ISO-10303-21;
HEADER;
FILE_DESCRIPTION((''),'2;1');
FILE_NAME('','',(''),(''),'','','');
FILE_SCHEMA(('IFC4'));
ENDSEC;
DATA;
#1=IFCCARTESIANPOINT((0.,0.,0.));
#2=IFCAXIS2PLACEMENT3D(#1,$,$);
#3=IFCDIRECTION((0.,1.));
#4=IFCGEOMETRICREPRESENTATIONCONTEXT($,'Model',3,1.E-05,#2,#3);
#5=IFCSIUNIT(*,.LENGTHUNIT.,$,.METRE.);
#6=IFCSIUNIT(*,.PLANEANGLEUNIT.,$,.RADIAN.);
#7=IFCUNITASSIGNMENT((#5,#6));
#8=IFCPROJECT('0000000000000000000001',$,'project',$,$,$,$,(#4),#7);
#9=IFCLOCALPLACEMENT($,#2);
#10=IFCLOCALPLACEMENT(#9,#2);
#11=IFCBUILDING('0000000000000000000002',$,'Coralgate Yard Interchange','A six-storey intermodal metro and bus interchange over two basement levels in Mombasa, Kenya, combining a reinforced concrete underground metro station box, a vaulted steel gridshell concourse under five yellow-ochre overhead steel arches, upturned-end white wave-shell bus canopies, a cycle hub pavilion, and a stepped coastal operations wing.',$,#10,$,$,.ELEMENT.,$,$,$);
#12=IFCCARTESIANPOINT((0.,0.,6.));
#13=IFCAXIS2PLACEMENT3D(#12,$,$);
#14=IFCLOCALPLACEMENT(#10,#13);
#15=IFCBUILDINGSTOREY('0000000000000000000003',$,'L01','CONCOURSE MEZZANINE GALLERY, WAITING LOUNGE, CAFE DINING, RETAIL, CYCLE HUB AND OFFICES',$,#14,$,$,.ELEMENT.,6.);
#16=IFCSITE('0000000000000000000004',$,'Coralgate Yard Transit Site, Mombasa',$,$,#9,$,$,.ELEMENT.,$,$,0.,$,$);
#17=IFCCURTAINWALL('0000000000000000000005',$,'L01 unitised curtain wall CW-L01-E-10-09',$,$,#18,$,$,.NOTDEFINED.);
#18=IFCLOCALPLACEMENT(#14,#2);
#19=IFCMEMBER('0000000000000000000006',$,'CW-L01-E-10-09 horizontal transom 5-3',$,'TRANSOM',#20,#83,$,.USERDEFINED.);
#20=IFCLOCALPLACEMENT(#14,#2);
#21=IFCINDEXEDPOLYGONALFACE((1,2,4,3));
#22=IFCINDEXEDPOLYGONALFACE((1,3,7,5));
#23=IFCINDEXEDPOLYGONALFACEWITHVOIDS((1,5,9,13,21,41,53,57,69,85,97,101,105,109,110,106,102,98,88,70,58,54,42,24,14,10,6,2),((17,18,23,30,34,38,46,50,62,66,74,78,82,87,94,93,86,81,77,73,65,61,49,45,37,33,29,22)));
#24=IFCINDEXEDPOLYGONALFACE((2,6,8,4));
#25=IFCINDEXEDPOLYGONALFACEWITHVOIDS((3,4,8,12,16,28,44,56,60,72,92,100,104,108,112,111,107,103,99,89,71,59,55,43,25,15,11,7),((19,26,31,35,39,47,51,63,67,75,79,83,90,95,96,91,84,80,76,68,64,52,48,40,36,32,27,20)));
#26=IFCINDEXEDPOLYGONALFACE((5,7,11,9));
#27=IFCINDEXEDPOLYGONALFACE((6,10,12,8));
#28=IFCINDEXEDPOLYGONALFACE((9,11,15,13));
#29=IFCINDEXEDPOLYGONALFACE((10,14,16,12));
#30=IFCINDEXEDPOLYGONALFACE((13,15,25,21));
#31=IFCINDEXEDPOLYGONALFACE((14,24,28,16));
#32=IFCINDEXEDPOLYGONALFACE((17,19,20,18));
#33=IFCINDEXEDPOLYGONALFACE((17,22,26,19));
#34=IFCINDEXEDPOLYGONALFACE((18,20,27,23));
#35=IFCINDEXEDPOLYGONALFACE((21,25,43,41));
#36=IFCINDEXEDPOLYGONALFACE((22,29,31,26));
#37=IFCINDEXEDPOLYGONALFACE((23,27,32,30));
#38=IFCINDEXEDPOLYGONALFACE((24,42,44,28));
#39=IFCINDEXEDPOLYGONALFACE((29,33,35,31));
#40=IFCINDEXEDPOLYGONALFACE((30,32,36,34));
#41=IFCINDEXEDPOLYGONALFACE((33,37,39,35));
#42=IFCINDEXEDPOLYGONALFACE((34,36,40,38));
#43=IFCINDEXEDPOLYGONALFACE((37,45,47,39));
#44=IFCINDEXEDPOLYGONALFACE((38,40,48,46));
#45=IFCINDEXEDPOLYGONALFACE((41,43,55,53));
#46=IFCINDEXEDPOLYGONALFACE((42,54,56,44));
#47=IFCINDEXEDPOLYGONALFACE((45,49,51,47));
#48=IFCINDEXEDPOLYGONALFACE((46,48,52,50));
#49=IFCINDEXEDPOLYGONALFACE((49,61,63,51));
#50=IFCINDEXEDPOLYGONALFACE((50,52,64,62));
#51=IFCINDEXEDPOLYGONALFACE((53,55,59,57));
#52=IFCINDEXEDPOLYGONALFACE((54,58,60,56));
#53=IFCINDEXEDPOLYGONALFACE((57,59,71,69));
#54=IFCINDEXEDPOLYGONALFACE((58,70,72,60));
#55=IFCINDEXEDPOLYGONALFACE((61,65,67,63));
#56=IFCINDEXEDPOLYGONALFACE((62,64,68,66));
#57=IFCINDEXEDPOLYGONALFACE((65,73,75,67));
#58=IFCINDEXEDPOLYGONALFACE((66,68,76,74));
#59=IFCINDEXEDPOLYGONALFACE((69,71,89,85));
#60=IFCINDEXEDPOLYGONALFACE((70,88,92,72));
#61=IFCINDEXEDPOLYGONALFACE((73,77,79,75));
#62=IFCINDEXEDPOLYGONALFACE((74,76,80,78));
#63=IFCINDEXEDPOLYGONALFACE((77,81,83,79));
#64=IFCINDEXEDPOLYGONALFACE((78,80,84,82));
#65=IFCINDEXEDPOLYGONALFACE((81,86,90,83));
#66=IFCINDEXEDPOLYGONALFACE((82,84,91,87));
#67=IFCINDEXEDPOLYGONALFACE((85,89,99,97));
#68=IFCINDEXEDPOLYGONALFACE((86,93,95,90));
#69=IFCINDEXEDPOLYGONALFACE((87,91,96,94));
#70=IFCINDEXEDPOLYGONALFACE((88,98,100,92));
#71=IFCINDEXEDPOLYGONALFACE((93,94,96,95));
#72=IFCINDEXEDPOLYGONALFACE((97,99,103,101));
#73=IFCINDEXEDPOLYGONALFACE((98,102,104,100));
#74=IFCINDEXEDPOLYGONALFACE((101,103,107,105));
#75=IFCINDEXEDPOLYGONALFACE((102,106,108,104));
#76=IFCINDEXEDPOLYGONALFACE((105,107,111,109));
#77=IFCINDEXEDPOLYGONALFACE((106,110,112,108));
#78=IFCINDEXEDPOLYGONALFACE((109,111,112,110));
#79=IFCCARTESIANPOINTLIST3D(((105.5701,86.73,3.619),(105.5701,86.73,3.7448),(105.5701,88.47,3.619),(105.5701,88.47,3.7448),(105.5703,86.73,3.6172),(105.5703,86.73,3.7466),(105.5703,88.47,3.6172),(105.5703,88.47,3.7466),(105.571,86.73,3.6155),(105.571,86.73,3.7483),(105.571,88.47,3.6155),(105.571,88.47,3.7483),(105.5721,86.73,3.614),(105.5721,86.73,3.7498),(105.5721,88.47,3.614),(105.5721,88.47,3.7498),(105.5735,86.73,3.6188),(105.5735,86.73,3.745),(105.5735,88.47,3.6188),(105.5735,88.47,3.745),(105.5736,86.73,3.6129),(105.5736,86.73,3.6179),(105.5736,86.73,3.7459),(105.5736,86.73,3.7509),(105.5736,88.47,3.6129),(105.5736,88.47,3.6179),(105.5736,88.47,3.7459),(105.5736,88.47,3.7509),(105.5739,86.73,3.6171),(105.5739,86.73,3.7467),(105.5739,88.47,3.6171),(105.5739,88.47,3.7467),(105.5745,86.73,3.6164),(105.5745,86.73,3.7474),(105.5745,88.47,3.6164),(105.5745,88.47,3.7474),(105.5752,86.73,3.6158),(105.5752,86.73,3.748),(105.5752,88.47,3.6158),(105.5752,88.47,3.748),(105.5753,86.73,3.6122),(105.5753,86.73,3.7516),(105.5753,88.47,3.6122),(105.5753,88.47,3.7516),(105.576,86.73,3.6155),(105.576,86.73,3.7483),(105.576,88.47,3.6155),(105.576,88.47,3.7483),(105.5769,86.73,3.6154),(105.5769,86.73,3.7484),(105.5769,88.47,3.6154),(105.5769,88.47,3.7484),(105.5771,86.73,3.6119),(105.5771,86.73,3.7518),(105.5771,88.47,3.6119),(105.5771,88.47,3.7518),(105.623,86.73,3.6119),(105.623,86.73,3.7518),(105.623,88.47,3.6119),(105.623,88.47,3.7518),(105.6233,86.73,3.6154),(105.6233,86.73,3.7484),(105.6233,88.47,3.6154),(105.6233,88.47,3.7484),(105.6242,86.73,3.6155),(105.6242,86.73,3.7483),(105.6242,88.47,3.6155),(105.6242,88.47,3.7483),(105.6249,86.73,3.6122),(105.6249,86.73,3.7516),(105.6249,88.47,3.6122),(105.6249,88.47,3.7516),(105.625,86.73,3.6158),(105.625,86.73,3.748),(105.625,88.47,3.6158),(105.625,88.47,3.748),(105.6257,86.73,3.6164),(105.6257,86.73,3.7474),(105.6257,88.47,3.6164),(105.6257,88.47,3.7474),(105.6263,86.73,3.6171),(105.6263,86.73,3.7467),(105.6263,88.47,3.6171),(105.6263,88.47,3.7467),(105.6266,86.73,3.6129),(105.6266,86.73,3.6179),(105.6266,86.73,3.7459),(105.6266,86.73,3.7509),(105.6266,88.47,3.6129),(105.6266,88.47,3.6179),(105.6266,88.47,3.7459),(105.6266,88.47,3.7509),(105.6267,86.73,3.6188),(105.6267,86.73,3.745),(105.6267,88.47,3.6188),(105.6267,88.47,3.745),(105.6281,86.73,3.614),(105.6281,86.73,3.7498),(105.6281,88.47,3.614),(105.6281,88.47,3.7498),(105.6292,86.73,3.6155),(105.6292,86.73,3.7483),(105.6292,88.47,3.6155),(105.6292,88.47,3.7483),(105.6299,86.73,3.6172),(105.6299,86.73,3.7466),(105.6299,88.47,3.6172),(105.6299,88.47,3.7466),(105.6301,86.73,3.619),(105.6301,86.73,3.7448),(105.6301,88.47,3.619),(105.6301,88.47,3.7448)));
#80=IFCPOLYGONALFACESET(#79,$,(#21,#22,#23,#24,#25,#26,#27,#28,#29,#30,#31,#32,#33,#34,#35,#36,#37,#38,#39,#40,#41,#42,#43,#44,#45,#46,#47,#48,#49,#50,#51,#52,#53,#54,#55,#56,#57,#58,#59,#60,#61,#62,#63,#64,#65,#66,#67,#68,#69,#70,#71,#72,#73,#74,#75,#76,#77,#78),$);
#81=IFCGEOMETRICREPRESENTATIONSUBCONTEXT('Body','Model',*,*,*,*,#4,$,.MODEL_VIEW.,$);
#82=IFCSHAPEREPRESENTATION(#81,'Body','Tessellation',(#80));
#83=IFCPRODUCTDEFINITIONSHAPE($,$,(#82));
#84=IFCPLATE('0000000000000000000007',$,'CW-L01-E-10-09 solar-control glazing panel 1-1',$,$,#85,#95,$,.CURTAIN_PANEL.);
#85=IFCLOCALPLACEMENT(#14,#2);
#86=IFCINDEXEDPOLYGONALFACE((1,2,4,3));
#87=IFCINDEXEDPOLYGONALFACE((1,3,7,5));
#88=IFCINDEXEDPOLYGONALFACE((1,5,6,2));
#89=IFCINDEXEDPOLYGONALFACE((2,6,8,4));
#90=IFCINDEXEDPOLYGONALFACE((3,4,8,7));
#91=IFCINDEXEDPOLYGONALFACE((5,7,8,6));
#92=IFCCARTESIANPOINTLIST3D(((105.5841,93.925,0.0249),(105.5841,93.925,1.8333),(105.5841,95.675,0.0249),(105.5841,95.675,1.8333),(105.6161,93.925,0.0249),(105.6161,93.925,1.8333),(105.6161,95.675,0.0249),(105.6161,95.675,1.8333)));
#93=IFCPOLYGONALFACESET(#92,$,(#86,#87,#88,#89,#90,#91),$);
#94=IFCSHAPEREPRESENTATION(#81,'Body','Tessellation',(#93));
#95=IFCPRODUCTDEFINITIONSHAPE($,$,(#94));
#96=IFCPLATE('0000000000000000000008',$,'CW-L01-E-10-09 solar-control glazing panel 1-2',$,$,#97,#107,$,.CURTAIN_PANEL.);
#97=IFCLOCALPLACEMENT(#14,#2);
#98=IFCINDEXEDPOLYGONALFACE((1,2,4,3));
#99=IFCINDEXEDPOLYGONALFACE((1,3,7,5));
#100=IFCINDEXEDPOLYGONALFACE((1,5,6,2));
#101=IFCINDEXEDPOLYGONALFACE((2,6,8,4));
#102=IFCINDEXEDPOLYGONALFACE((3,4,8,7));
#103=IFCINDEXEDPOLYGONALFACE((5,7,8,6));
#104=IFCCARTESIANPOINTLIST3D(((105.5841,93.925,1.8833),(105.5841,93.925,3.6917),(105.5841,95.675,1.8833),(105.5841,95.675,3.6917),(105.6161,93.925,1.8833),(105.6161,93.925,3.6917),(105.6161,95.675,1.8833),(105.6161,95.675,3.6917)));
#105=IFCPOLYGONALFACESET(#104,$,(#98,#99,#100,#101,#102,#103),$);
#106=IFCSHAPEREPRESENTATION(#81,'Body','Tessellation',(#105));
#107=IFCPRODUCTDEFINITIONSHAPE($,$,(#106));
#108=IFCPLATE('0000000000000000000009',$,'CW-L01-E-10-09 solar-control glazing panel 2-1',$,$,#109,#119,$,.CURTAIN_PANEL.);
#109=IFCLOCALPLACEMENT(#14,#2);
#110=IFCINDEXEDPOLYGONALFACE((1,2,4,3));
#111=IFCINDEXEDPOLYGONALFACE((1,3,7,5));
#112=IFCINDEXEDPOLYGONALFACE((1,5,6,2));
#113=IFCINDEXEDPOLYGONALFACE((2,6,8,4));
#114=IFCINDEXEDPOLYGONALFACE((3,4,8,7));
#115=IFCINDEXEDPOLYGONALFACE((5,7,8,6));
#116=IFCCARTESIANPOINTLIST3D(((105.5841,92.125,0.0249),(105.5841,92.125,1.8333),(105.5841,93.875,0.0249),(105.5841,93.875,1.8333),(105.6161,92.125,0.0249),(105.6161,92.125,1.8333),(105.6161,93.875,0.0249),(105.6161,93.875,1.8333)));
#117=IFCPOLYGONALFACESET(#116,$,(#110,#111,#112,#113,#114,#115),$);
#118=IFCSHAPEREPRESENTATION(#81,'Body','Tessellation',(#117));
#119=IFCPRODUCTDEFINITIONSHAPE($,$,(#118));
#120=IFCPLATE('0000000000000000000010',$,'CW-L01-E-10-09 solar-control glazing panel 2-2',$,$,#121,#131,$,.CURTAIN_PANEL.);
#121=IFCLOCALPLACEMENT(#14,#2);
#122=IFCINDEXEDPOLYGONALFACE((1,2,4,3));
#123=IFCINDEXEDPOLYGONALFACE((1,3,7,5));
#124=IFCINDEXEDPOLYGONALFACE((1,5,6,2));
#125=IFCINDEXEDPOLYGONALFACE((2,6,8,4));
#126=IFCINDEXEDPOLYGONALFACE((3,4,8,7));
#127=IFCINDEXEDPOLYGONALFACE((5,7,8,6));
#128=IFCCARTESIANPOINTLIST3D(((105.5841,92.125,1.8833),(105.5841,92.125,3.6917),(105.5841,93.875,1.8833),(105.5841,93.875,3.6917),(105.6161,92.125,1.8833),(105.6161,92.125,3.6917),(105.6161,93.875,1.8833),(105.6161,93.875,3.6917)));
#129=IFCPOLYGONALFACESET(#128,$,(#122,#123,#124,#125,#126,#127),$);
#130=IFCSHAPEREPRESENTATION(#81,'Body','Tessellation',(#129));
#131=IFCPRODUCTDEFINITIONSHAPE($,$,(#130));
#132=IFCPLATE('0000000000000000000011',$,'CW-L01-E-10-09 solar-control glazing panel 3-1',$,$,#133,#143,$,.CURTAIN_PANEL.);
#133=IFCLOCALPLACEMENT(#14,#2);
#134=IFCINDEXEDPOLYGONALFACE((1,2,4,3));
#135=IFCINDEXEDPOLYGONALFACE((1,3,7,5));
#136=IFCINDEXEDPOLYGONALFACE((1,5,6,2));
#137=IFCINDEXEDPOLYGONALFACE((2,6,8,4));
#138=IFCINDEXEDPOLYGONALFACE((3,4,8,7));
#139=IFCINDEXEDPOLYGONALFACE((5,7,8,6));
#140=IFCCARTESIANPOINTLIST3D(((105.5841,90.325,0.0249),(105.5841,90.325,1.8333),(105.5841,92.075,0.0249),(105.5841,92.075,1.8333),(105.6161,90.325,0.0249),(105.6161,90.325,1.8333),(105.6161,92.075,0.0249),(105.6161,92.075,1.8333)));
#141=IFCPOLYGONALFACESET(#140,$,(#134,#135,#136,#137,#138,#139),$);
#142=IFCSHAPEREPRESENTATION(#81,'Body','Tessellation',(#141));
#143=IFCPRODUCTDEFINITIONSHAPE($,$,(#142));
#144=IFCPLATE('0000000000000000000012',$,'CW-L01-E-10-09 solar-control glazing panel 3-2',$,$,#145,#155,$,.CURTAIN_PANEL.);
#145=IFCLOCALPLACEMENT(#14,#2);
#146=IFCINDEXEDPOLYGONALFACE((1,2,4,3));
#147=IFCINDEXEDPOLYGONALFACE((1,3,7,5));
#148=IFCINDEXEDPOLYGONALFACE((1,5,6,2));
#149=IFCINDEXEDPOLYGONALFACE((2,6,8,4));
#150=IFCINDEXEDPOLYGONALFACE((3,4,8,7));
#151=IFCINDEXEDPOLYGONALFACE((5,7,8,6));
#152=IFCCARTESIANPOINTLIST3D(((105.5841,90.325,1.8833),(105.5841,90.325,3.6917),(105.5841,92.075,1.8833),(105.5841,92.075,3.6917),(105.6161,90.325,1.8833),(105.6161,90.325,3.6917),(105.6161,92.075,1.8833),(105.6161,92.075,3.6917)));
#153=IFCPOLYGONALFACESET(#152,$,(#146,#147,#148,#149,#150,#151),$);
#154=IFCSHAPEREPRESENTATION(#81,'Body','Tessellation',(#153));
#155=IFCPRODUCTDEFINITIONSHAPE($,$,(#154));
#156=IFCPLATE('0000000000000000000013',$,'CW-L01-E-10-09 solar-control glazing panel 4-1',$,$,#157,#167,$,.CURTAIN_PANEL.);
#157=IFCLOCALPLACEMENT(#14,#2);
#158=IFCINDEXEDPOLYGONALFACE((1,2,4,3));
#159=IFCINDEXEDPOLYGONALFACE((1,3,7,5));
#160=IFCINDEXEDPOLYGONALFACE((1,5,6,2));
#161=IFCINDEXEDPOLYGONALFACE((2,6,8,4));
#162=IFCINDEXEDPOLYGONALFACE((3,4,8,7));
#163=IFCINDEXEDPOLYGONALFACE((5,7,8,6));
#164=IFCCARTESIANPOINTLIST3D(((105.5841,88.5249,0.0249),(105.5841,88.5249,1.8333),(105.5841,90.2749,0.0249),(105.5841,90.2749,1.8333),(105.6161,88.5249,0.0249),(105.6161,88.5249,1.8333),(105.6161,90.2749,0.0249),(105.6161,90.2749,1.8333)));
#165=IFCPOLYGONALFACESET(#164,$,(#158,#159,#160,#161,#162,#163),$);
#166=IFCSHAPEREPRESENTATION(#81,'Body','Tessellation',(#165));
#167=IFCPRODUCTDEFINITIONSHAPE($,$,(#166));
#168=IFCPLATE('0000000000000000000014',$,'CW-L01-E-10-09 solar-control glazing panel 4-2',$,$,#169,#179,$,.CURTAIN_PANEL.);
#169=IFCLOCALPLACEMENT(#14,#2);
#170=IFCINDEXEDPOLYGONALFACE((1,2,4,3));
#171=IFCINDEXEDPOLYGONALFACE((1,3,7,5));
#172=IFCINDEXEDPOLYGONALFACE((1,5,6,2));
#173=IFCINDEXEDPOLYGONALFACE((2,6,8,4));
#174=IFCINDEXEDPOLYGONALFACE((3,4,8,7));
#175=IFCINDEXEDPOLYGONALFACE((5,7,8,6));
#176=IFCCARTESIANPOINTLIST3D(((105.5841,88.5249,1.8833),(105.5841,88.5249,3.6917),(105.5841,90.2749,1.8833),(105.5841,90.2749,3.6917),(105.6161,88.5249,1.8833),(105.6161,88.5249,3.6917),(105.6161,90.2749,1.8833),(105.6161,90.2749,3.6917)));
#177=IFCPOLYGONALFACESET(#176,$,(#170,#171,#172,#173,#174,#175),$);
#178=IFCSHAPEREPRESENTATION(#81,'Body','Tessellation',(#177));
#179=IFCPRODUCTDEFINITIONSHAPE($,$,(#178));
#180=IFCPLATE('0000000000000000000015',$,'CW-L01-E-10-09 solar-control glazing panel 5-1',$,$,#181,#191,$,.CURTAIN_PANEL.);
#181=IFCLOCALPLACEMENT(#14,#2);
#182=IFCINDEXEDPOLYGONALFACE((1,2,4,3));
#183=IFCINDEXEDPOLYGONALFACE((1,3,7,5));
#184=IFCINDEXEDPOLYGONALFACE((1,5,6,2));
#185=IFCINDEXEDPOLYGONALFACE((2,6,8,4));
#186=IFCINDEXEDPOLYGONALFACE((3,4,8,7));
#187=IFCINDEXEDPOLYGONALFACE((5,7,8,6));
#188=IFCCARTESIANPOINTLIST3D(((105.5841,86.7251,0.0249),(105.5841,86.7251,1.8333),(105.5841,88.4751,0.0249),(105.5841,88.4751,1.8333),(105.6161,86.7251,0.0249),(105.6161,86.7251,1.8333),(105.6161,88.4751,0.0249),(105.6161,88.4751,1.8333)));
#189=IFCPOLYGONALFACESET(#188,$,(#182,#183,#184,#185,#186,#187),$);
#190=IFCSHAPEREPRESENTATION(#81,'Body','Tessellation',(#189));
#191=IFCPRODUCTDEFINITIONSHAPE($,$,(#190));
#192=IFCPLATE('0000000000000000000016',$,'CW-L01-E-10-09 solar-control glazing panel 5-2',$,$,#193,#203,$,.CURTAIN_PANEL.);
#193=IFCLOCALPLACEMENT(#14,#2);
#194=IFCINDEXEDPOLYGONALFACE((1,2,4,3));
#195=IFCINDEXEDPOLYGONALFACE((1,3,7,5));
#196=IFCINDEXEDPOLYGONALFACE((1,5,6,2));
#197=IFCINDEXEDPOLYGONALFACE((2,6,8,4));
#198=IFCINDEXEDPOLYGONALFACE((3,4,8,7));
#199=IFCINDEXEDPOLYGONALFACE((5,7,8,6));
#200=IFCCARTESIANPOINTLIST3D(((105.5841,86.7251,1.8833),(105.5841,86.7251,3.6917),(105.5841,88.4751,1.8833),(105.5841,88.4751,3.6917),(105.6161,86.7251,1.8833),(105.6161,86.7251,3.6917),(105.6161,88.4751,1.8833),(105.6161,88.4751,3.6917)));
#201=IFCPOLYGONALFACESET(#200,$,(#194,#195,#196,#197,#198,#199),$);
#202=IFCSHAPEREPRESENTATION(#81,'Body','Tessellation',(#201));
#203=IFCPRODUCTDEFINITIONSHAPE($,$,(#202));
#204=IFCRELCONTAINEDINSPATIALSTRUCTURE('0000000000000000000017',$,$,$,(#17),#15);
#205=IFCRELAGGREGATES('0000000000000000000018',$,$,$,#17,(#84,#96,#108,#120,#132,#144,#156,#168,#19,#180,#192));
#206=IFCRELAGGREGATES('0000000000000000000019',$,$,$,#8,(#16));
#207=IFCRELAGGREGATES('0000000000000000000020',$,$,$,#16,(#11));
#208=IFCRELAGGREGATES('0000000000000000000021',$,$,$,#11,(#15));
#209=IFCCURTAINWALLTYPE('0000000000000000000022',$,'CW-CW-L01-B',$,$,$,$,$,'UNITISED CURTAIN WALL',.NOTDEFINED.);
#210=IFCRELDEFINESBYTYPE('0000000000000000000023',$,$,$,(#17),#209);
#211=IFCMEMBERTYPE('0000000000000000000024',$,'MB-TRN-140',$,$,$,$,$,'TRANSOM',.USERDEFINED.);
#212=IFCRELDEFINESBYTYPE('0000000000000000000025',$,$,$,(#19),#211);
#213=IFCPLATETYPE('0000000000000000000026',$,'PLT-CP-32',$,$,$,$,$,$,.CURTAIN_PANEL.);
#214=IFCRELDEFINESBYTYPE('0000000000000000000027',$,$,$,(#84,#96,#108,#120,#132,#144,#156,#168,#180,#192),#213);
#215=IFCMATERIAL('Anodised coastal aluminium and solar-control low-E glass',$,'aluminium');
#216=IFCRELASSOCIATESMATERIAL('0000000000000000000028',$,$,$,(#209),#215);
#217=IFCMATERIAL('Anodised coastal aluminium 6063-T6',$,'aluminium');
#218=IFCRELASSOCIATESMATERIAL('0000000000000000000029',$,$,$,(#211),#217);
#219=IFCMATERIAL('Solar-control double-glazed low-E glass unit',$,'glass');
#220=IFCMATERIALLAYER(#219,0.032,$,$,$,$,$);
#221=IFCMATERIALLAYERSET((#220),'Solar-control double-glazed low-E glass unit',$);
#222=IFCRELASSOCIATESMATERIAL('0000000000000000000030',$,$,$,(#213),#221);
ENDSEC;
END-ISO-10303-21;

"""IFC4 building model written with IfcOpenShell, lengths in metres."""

from ifc_helpers import new_model, si_unit, direction, frame, origin, origin_2d, place, context, subcontext, project, spatial, rectangle, hollow_rectangle, extrude, material, layer, layer_set, material_profile, profile_set, type_object, element, aggregate, save


model = new_model("IFC4")

# Units and contexts
model_context = context("Model", 3, precision=1e-05, world=origin(), true_north=direction((0.0, 1.0)))
body_context = subcontext(model_context, "Body", "Model", "MODEL_VIEW")
ifc_project = project(units=[si_unit("LENGTHUNIT", "METRE"), si_unit("PLANEANGLEUNIT", "RADIAN")], contexts=[model_context])

# Site, building, storey
site_placement = place(None, origin())
site = spatial("IfcSite", under=ifc_project, at=site_placement, Name="Coralgate Yard Transit Site, Mombasa", CompositionType="ELEMENT", RefElevation=0.0)
building_placement = place(site_placement, origin())
building = spatial("IfcBuilding", under=site, at=building_placement, Name="Coralgate Yard Interchange", Description="A six-storey intermodal metro and bus interchange over two basement levels in Mombasa, Kenya, combining a reinforced concrete underground metro station box, a vaulted steel gridshell concourse under five yellow-ochre overhead steel arches, upturned-end white wave-shell bus canopies, a cycle hub pavilion, and a stepped coastal operations wing.", CompositionType="ELEMENT")
storey_placement = place(building_placement, frame((0.0, 0.0, 6.0)))
storey = spatial("IfcBuildingStorey", under=building, at=storey_placement, Name="L01", Description="CONCOURSE MEZZANINE GALLERY, WAITING LOUNGE, CAFE DINING, RETAIL, CYCLE HUB AND OFFICES", CompositionType="ELEMENT", Elevation=6.0)

# Curtain wall, member, plates
ifc_material_1 = material(Name="Anodised coastal aluminium and solar-control low-E glass", Category="aluminium")
curtain_wall_type = type_object("IfcCurtainWallType", Name="CW-CW-L01-B", ElementType="UNITISED CURTAIN WALL", PredefinedType="NOTDEFINED", material=ifc_material_1)
curtain_wall_placement = place(storey_placement, origin())
curtain_wall = element("IfcCurtainWall", 1, at=curtain_wall_placement, inside=storey, type_object=curtain_wall_type, Name="L01 unitised curtain wall CW-L01-E-10-09", PredefinedType="NOTDEFINED")
ifc_material_2 = material(Name="Anodised coastal aluminium 6063-T6", Category="aluminium")
ifc_material_profile_1 = material_profile(ifc_material_2, hollow_rectangle(XDim=0.0601, YDim=0.1399, WallThickness=0.0034, InnerFilletRadius=0.0034, OuterFilletRadius=0.0071, at=origin_2d()), Name="ALU 60x140x3.5")
ifc_profile_set_1 = profile_set([ifc_material_profile_1], Name="Anodised coastal aluminium 6063-T6")
member_type_1 = type_object("IfcMemberType", Name="MB-TRN-140", ElementType="TRANSOM", PredefinedType="USERDEFINED", material=ifc_profile_set_1)
member_1_placement = place(storey_placement, frame((105.6001, 88.47, 3.6819), z_axis=(0.0, -1.0, 0.0), x_axis=(1.0, 0.0, 0.0)))
member_1 = element("IfcMember", 2, at=member_1_placement, type_object=member_type_1, Name="CW-L01-E-10-09 horizontal transom 5-3", ObjectType="TRANSOM", PredefinedType="USERDEFINED", context=body_context, shape_type="SweptSolid", body=[
    extrude(hollow_rectangle(XDim=0.0601, YDim=0.1399, WallThickness=0.0034, InnerFilletRadius=0.0034, OuterFilletRadius=0.0071, at=origin_2d()), origin(), (0.0, 0.0, 1.0), 1.74),
])
ifc_material_3 = material(Name="Solar-control double-glazed low-E glass unit", Category="glass")
ifc_layer = layer(ifc_material_3, 0.032)
ifc_layer_set = layer_set([ifc_layer], Name="Solar-control double-glazed low-E glass unit")
plate_type = type_object("IfcPlateType", Name="PLT-CP-32", PredefinedType="CURTAIN_PANEL", material=ifc_layer_set)
plate_1_placement = place(storey_placement, frame((105.6001, 94.8, 0.0249), z_axis=(0.0, 0.0, 1.0), x_axis=(0.0, -1.0, 0.0)))
plate_1 = element("IfcPlate", 3, at=plate_1_placement, type_object=plate_type, Name="CW-L01-E-10-09 solar-control glazing panel 1-1", PredefinedType="CURTAIN_PANEL", context=body_context, shape_type="SweptSolid", body=[
    extrude(rectangle(XDim=1.75, YDim=0.032, at=origin_2d()), origin(), (0.0, 0.0, 1.0), 1.8083),
])
plate_2_placement = place(storey_placement, frame((105.6001, 94.8, 1.8833), z_axis=(0.0, 0.0, 1.0), x_axis=(0.0, -1.0, 0.0)))
plate_2 = element("IfcPlate", 4, at=plate_2_placement, type_object=plate_type, Name="CW-L01-E-10-09 solar-control glazing panel 1-2", PredefinedType="CURTAIN_PANEL", context=body_context, shape_type="SweptSolid", body=[
    extrude(rectangle(XDim=1.75, YDim=0.032, at=origin_2d()), origin(), (0.0, 0.0, 1.0), 1.8083),
])
plate_3_placement = place(storey_placement, frame((105.6001, 93.0, 0.0249), z_axis=(0.0, 0.0, 1.0), x_axis=(0.0, -1.0, 0.0)))
plate_3 = element("IfcPlate", 5, at=plate_3_placement, type_object=plate_type, Name="CW-L01-E-10-09 solar-control glazing panel 2-1", PredefinedType="CURTAIN_PANEL", context=body_context, shape_type="SweptSolid", body=[
    extrude(rectangle(XDim=1.75, YDim=0.032, at=origin_2d()), origin(), (0.0, 0.0, 1.0), 1.8083),
])
plate_4_placement = place(storey_placement, frame((105.6001, 93.0, 1.8833), z_axis=(0.0, 0.0, 1.0), x_axis=(0.0, -1.0, 0.0)))
plate_4 = element("IfcPlate", 6, at=plate_4_placement, type_object=plate_type, Name="CW-L01-E-10-09 solar-control glazing panel 2-2", PredefinedType="CURTAIN_PANEL", context=body_context, shape_type="SweptSolid", body=[
    extrude(rectangle(XDim=1.75, YDim=0.032, at=origin_2d()), origin(), (0.0, 0.0, 1.0), 1.8083),
])
plate_5_placement = place(storey_placement, frame((105.6001, 91.2, 0.0249), z_axis=(0.0, 0.0, 1.0), x_axis=(0.0, -1.0, 0.0)))
plate_5 = element("IfcPlate", 7, at=plate_5_placement, type_object=plate_type, Name="CW-L01-E-10-09 solar-control glazing panel 3-1", PredefinedType="CURTAIN_PANEL", context=body_context, shape_type="SweptSolid", body=[
    extrude(rectangle(XDim=1.75, YDim=0.032, at=origin_2d()), origin(), (0.0, 0.0, 1.0), 1.8083),
])
plate_6_placement = place(storey_placement, frame((105.6001, 91.2, 1.8833), z_axis=(0.0, 0.0, 1.0), x_axis=(0.0, -1.0, 0.0)))
plate_6 = element("IfcPlate", 8, at=plate_6_placement, type_object=plate_type, Name="CW-L01-E-10-09 solar-control glazing panel 3-2", PredefinedType="CURTAIN_PANEL", context=body_context, shape_type="SweptSolid", body=[
    extrude(rectangle(XDim=1.75, YDim=0.032, at=origin_2d()), origin(), (0.0, 0.0, 1.0), 1.8083),
])
plate_7_placement = place(storey_placement, frame((105.6001, 89.3999, 0.0249), z_axis=(0.0, 0.0, 1.0), x_axis=(0.0, -1.0, 0.0)))
plate_7 = element("IfcPlate", 9, at=plate_7_placement, type_object=plate_type, Name="CW-L01-E-10-09 solar-control glazing panel 4-1", PredefinedType="CURTAIN_PANEL", context=body_context, shape_type="SweptSolid", body=[
    extrude(rectangle(XDim=1.75, YDim=0.032, at=origin_2d()), origin(), (0.0, 0.0, 1.0), 1.8083),
])
plate_8_placement = place(storey_placement, frame((105.6001, 89.3999, 1.8833), z_axis=(0.0, 0.0, 1.0), x_axis=(0.0, -1.0, 0.0)))
plate_8 = element("IfcPlate", 10, at=plate_8_placement, type_object=plate_type, Name="CW-L01-E-10-09 solar-control glazing panel 4-2", PredefinedType="CURTAIN_PANEL", context=body_context, shape_type="SweptSolid", body=[
    extrude(rectangle(XDim=1.75, YDim=0.032, at=origin_2d()), origin(), (0.0, 0.0, 1.0), 1.8083),
])
plate_9_placement = place(storey_placement, frame((105.6001, 87.6001, 0.0249), z_axis=(0.0, 0.0, 1.0), x_axis=(0.0, -1.0, 0.0)))
plate_9 = element("IfcPlate", 11, at=plate_9_placement, type_object=plate_type, Name="CW-L01-E-10-09 solar-control glazing panel 5-1", PredefinedType="CURTAIN_PANEL", context=body_context, shape_type="SweptSolid", body=[
    extrude(rectangle(XDim=1.75, YDim=0.032, at=origin_2d()), origin(), (0.0, 0.0, 1.0), 1.8083),
])
plate_10_placement = place(storey_placement, frame((105.6001, 87.6001, 1.8833), z_axis=(0.0, 0.0, 1.0), x_axis=(0.0, -1.0, 0.0)))
plate_10 = element("IfcPlate", 12, at=plate_10_placement, type_object=plate_type, Name="CW-L01-E-10-09 solar-control glazing panel 5-2", PredefinedType="CURTAIN_PANEL", context=body_context, shape_type="SweptSolid", body=[
    extrude(rectangle(XDim=1.75, YDim=0.032, at=origin_2d()), origin(), (0.0, 0.0, 1.0), 1.8083),
])
aggregate(curtain_wall, [plate_1, plate_2, plate_3, plate_4, plate_5, plate_6, plate_7, plate_8, member_1, plate_9, plate_10])

save(model, "model.ifc")
